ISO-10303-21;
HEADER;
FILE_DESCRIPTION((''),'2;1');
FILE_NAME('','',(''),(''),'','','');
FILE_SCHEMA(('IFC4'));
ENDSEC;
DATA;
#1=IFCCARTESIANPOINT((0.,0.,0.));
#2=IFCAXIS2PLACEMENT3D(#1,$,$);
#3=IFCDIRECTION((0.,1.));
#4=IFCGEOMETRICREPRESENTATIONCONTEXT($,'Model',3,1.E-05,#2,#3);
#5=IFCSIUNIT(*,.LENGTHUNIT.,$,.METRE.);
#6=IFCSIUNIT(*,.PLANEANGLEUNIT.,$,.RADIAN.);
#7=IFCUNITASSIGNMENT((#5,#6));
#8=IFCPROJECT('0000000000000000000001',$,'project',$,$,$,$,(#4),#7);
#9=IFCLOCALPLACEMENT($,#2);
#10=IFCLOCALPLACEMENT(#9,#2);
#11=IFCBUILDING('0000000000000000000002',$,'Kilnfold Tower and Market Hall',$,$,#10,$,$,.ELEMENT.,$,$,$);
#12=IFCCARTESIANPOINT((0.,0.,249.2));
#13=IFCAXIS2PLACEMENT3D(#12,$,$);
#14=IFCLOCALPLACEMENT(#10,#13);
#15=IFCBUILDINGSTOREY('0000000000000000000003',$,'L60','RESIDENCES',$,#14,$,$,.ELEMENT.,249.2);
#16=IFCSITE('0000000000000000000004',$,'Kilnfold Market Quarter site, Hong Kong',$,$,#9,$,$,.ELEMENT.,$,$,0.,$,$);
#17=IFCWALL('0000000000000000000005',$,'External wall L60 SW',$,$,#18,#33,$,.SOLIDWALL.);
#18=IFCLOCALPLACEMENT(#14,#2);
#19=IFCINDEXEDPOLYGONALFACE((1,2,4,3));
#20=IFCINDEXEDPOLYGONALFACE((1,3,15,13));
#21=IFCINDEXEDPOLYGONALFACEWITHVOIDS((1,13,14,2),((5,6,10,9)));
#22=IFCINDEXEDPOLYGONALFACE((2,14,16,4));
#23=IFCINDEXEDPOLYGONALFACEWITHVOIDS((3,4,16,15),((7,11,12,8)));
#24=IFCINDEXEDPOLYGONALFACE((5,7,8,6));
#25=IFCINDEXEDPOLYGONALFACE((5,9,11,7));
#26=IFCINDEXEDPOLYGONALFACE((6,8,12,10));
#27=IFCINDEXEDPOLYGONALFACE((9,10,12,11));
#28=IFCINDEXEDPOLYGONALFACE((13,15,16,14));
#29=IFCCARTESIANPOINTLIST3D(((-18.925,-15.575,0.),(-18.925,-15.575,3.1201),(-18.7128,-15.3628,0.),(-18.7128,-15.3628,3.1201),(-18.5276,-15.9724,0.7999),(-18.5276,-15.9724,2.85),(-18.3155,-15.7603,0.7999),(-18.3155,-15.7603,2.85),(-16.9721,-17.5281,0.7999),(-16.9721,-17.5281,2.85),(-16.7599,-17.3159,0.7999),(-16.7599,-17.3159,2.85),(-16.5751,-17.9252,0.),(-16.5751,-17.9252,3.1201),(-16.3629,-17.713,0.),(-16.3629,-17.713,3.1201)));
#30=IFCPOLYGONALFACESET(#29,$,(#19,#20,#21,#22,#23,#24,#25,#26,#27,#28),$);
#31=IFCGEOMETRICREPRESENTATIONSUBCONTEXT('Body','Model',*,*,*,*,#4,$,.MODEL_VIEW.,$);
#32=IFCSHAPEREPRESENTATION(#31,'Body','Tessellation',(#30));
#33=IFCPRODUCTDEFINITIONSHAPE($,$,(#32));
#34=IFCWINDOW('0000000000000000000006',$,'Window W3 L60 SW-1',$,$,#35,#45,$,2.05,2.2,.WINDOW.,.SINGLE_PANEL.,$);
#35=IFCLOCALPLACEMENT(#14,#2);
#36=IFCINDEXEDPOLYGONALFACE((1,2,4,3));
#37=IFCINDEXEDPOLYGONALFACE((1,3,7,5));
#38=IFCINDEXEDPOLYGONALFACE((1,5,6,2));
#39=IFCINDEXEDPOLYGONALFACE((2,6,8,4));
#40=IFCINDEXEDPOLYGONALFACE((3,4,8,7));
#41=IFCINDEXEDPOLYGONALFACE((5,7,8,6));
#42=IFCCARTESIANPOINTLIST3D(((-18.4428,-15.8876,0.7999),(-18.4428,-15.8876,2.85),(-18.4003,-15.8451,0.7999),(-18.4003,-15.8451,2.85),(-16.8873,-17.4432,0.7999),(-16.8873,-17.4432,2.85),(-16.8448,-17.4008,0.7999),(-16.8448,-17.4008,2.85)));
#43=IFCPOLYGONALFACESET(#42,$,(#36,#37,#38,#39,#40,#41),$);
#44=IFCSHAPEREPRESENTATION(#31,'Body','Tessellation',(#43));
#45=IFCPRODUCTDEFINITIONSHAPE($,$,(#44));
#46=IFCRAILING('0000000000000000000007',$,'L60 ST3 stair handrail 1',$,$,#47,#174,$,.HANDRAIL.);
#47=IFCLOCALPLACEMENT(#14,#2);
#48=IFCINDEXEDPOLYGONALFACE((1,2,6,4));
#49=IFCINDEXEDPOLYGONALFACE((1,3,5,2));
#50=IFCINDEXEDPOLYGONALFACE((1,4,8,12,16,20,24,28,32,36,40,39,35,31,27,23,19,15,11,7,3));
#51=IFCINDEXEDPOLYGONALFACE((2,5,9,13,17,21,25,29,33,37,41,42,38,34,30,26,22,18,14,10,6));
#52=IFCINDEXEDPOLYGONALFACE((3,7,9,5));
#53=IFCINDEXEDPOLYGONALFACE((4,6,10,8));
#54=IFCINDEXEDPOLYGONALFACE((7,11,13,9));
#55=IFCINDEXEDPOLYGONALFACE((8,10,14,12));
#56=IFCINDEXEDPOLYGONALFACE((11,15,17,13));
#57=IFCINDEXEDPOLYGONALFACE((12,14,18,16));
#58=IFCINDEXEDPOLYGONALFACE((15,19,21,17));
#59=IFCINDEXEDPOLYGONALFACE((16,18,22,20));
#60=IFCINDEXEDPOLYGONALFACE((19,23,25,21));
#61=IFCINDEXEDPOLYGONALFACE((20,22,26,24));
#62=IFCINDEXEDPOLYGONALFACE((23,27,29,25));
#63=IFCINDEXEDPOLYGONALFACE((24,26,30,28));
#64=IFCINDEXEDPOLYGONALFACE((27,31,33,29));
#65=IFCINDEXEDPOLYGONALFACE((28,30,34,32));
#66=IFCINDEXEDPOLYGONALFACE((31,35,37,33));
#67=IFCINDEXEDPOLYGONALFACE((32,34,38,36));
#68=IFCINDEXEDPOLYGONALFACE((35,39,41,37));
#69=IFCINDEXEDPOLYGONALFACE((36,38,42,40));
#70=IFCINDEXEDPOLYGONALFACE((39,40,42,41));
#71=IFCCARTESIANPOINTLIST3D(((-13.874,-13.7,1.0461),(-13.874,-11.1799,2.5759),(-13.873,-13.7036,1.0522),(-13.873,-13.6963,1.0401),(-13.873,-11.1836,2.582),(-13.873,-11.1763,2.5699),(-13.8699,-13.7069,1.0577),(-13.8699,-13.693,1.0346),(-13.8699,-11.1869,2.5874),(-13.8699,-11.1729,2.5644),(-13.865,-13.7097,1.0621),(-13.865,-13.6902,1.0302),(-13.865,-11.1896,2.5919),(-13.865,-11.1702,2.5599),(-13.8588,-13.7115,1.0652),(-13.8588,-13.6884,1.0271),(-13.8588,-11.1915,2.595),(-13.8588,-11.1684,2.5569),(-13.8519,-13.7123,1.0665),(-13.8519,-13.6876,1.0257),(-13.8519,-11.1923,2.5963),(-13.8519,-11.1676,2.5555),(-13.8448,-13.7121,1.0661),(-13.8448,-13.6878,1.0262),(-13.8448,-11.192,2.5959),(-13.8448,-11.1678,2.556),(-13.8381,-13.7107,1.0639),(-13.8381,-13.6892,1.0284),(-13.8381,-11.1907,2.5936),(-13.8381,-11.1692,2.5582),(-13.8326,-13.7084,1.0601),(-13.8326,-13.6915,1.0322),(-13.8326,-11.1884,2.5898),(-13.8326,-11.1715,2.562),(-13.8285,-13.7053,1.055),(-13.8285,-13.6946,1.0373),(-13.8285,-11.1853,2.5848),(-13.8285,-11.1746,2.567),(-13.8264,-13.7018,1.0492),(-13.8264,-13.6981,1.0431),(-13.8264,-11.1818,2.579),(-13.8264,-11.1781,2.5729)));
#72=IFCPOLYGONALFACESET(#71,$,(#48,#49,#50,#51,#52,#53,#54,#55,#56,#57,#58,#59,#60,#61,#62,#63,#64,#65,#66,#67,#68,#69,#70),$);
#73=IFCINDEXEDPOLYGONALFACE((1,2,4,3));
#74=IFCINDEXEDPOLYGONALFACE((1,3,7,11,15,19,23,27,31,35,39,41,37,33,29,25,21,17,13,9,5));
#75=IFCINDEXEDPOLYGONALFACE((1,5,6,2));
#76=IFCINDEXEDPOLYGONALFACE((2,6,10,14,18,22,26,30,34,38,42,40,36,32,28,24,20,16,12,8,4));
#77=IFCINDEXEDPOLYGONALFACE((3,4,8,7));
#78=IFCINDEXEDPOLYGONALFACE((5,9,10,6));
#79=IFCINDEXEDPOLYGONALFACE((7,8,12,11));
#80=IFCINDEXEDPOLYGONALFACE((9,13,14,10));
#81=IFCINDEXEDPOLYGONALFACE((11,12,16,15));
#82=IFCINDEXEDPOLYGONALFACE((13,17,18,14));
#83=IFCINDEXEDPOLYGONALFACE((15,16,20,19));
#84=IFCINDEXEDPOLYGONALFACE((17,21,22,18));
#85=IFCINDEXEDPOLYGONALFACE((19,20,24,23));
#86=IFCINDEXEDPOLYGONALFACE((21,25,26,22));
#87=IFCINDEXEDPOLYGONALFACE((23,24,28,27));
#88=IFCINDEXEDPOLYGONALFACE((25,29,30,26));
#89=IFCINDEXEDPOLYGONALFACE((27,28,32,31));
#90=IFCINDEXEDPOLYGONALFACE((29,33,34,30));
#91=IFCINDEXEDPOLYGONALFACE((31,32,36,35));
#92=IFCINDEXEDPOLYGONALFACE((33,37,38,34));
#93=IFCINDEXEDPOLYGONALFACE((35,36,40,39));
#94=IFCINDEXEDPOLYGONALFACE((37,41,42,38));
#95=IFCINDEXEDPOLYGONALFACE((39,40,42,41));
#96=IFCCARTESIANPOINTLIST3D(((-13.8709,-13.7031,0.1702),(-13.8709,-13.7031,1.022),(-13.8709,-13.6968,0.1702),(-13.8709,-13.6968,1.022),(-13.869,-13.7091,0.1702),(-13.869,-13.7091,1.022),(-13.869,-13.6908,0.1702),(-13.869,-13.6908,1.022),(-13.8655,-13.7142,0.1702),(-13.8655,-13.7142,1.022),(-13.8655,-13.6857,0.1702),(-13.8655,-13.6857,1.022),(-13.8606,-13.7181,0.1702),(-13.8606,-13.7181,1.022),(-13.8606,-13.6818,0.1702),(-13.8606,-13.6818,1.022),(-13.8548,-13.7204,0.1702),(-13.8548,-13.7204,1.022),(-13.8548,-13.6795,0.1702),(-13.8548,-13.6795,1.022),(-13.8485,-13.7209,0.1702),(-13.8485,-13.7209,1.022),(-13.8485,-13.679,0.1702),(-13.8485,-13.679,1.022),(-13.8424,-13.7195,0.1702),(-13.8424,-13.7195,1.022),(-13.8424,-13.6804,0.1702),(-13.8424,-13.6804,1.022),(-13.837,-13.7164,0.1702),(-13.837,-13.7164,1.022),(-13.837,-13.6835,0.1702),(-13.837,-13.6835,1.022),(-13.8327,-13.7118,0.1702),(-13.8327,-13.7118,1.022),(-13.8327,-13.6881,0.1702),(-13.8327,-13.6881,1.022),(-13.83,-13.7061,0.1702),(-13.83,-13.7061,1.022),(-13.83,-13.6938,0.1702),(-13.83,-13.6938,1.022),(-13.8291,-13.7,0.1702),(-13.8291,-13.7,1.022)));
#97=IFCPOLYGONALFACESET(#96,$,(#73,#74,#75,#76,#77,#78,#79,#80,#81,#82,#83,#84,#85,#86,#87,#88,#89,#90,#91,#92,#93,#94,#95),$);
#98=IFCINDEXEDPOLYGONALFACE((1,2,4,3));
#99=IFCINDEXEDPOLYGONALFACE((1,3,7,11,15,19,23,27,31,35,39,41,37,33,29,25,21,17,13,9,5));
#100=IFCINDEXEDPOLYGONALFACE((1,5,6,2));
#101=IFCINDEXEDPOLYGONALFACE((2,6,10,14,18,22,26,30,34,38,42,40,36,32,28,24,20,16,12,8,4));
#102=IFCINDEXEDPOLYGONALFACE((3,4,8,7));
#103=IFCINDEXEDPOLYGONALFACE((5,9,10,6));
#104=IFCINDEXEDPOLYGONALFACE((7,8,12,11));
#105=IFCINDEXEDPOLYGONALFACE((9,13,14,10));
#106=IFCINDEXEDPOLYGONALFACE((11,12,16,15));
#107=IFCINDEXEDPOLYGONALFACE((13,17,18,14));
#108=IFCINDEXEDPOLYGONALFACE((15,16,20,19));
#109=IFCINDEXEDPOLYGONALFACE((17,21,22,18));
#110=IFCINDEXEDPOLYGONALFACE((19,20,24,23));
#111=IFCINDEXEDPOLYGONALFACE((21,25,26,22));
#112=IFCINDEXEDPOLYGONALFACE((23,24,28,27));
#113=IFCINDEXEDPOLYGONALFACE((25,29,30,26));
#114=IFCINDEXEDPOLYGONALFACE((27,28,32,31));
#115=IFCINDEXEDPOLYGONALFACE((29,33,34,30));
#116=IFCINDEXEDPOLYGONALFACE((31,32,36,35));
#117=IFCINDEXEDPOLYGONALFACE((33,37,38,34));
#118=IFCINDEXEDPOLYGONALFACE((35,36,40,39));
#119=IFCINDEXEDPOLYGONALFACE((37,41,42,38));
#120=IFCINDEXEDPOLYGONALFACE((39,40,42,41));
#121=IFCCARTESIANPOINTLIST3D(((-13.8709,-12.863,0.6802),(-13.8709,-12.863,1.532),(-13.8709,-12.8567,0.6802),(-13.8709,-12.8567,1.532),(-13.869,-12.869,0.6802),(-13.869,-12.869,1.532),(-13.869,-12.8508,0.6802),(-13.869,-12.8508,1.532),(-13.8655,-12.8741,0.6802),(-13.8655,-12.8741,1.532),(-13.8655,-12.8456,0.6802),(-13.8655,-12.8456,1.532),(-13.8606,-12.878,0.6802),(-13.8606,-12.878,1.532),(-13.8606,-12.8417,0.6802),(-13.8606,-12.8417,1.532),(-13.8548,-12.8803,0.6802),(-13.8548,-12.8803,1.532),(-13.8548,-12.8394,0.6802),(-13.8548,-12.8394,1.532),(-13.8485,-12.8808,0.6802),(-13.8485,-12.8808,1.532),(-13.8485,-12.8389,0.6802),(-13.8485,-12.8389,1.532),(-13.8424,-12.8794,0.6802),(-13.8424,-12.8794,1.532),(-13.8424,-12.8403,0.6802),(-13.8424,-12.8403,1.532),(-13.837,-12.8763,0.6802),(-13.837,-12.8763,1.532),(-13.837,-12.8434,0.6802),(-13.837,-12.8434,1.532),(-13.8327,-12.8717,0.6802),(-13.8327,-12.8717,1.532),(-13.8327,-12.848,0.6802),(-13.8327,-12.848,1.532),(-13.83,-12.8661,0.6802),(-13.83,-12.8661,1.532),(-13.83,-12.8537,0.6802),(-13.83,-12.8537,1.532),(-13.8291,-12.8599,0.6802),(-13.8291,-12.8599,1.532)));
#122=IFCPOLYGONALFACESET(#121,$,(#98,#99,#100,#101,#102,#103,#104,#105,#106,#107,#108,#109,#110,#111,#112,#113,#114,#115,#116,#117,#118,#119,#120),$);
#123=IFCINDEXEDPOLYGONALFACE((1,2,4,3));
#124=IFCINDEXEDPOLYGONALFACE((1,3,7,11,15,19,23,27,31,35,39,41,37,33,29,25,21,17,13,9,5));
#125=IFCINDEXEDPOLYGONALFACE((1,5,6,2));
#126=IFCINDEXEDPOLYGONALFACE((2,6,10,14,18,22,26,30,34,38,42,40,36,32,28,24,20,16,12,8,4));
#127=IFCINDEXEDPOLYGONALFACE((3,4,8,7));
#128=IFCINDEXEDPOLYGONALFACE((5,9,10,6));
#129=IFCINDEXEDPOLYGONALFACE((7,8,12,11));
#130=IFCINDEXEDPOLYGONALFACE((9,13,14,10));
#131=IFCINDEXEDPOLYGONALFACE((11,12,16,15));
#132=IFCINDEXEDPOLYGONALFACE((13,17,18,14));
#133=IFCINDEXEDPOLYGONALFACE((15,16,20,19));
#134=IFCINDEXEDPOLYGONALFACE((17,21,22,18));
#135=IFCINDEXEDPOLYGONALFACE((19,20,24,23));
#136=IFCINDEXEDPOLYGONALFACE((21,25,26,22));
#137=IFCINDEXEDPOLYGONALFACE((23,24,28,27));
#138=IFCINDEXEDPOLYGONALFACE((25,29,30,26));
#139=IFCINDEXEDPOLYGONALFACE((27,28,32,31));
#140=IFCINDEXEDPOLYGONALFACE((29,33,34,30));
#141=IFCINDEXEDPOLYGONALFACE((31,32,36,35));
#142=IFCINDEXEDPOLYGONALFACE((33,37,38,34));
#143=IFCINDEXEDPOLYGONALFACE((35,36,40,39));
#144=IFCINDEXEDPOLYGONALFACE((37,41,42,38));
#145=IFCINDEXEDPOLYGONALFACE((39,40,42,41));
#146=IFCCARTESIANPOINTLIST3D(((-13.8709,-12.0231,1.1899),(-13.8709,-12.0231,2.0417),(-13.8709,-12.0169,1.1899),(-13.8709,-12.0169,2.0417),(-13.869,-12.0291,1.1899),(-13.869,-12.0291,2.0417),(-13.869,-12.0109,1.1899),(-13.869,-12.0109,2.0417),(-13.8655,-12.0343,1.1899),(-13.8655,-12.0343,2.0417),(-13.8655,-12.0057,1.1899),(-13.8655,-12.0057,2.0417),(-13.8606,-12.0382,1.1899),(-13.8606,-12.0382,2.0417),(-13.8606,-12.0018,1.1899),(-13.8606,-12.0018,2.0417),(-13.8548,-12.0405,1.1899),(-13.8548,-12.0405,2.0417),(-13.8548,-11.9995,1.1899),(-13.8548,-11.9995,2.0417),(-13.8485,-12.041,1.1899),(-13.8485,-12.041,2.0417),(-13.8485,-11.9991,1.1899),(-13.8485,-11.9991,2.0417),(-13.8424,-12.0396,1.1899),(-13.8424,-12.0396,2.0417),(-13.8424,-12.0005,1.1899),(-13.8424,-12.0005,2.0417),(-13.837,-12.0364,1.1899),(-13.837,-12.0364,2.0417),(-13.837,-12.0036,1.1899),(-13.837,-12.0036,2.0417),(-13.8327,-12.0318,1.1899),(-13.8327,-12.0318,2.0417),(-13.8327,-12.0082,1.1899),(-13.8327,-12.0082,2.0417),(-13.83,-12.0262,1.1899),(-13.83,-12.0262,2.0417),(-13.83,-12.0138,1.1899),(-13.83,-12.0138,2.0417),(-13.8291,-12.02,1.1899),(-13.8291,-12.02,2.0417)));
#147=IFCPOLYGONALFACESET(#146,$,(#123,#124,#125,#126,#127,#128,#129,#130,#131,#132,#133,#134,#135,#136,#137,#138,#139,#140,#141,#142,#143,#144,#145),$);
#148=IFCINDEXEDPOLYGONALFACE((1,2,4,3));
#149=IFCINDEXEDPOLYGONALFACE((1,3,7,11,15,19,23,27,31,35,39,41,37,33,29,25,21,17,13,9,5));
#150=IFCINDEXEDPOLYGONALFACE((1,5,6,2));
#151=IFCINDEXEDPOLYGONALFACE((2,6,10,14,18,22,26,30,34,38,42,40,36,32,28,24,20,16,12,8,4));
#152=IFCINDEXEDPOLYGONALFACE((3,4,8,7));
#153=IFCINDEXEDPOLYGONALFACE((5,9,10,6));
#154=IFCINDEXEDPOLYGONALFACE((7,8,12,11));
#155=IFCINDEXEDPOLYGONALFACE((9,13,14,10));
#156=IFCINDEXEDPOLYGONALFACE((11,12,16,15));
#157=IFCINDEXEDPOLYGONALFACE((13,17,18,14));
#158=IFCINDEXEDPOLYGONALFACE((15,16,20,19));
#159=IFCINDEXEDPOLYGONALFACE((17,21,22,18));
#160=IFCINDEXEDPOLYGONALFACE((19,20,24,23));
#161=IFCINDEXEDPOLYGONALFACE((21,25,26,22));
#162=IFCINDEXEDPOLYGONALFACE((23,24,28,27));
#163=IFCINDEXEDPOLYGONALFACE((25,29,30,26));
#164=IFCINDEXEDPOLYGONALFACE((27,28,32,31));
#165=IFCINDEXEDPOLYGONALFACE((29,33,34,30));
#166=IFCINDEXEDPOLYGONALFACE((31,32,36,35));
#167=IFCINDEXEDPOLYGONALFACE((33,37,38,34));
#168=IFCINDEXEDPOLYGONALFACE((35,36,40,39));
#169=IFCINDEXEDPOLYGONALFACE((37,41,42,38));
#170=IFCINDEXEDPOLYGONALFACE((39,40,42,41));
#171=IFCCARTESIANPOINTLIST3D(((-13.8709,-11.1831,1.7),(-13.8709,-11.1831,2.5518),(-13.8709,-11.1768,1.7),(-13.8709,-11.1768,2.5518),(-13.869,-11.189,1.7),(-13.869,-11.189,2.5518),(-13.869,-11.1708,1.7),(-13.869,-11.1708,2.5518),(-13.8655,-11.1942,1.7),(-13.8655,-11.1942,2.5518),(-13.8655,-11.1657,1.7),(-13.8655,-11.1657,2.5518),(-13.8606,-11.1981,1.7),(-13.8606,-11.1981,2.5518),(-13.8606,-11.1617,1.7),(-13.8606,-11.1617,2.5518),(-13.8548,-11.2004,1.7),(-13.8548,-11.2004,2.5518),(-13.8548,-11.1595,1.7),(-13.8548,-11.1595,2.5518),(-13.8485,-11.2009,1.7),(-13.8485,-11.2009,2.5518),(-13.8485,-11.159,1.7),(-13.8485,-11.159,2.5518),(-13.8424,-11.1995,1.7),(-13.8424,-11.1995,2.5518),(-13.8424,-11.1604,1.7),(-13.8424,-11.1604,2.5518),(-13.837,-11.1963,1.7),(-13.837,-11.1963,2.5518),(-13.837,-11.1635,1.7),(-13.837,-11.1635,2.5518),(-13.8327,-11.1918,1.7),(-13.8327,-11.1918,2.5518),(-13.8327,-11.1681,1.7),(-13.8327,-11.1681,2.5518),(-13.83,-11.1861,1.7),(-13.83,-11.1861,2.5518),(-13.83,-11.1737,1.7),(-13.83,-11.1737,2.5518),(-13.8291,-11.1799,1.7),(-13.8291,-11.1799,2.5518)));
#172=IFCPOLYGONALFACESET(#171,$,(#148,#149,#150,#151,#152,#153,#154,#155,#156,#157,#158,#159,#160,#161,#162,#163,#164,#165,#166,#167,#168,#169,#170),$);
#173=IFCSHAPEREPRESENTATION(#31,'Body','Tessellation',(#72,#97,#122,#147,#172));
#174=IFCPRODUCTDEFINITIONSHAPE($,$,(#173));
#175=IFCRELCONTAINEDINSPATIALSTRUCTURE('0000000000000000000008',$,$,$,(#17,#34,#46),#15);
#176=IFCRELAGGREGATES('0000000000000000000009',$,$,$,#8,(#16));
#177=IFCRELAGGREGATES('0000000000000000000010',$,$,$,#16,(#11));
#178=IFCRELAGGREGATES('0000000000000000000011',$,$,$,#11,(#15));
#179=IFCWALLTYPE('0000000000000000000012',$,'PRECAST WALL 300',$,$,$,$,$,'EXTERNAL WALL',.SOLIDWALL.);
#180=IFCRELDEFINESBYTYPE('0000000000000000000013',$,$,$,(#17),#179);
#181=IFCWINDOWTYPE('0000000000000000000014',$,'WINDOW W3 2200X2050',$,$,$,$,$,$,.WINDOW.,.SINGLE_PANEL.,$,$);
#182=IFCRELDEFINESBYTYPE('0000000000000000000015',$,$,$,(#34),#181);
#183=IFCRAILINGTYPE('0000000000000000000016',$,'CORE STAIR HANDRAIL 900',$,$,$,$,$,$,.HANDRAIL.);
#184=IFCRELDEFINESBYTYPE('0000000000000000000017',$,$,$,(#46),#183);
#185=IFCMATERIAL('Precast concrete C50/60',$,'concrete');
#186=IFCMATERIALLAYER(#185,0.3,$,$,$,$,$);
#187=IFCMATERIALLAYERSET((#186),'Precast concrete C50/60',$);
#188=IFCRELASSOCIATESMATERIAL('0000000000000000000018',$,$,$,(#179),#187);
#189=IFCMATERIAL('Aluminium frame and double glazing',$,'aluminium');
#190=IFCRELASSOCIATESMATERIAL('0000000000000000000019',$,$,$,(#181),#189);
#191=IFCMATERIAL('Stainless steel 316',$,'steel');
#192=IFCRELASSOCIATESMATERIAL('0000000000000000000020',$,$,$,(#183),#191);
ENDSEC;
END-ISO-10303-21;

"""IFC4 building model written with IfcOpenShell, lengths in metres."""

from ifc_helpers import new_model, si_unit, direction, frame, frame_2d, origin, origin_2d, place, context, subcontext, project, spatial, rectangle, circle, extrude, source, transform, mapped, material, layer, layer_set, type_object, element, fill, save


model = new_model("IFC4")

# Units and contexts
model_context = context("Model", 3, precision=1e-05, world=origin(), true_north=direction((0.0, 1.0)))
body_context = subcontext(model_context, "Body", "Model", "MODEL_VIEW")
ifc_project = project(units=[si_unit("LENGTHUNIT", "METRE"), si_unit("PLANEANGLEUNIT", "RADIAN")], contexts=[model_context])

# Site, building, storey
site_placement = place(None, origin())
site = spatial("IfcSite", under=ifc_project, at=site_placement, Name="Kilnfold Market Quarter site, Hong Kong", CompositionType="ELEMENT", RefElevation=0.0)
building_placement = place(site_placement, origin())
building = spatial("IfcBuilding", under=site, at=building_placement, Name="Kilnfold Tower and Market Hall", CompositionType="ELEMENT")
storey_placement = place(building_placement, frame((0.0, 0.0, 249.2)))
storey = spatial("IfcBuildingStorey", under=building, at=storey_placement, Name="L60", Description="RESIDENCES", CompositionType="ELEMENT", Elevation=249.2)

# Shared definitions
ifc_material_1 = material(Name="Precast concrete C50/60", Category="concrete")
ifc_layer_1 = layer(ifc_material_1, 0.3)
ifc_layer_set_1 = layer_set([ifc_layer_1], Name="Precast concrete C50/60")
wall_type_1 = type_object("IfcWallType", Name="PRECAST WALL 300", ElementType="EXTERNAL WALL", PredefinedType="SOLIDWALL", material=ifc_layer_set_1)

# Wall, opening, window
shared_shape_1 = source(origin(), body_context, "Body", "SweptSolid", [
    extrude(rectangle(XDim=3.3235, YDim=0.3, at=frame_2d((1.6616, 0.0))), origin(), (0.0, 0.0, 1.0), 3.1201),
])
wall_1_placement = place(storey_placement, frame((-18.8188, -15.469, 0.0), z_axis=(0.0, 0.0, 1.0), x_axis=(0.70707, -0.707144, 0.0)))
wall_1 = element("IfcWall", 1, at=wall_1_placement, inside=storey, type_object=wall_type_1, Name="External wall L60 SW", PredefinedType="SOLIDWALL", context=body_context, shape_type="MappedRepresentation", body=[
    mapped(shared_shape_1, transform((0.0, 0.0, 0.0))),
])
opening_1_placement = place(wall_1_placement, frame((0.5618, 0.0, 0.8)))
opening_1 = element("IfcOpeningElement", 2, at=opening_1_placement, cuts=wall_1, PredefinedType="OPENING", context=body_context, shape_type="SweptSolid", body=[
    extrude(rectangle(XDim=2.2, YDim=2.05, at=frame_2d((1.1001, 1.0249))), frame((0.0, 0.1602, 0.0), z_axis=(0.0, -1.0, 0.0), x_axis=(1.0, 0.0, 0.0)), (0.0, 0.0, 1.0), 0.3201),
])
ifc_material_2 = material(Name="Aluminium frame and double glazing", Category="aluminium")
window_type_1 = type_object("IfcWindowType", Name="WINDOW W3 2200X2050", PartitioningType="SINGLE_PANEL", PredefinedType="WINDOW", material=ifc_material_2)
window_1_placement = place(opening_1_placement, origin())
window_1 = element("IfcWindow", 3, at=window_1_placement, inside=storey, type_object=window_type_1, Name="Window W3 L60 SW-1", OverallHeight=2.05, OverallWidth=2.2, PartitioningType="SINGLE_PANEL", PredefinedType="WINDOW", context=body_context, shape_type="SweptSolid", body=[
    extrude(rectangle(XDim=2.2, YDim=2.05, at=frame_2d((1.1001, 1.0249))), frame((0.0, 0.03, 0.0), z_axis=(0.0, -1.0, 0.0), x_axis=(1.0, 0.0, 0.0)), (0.0, 0.0, 1.0), 0.0601),
])
fill(opening_1, window_1)

# Railing
ifc_material_3 = material(Name="Stainless steel 316", Category="steel")
railing_type_1 = type_object("IfcRailingType", Name="CORE STAIR HANDRAIL 900", PredefinedType="HANDRAIL", material=ifc_material_3)
railing_1_placement = place(storey_placement, frame((-13.8501, -13.7, 0.1702)))
element("IfcRailing", 4, at=railing_1_placement, inside=storey, type_object=railing_type_1, Name="L60 ST3 stair handrail 1", PredefinedType="HANDRAIL", context=body_context, shape_type="SweptSolid", body=[
    extrude(circle(Radius=0.0239, at=origin_2d()), frame((0.0, 0.0, 0.876), z_axis=(0.0, 0.854822, 0.518922), x_axis=(-1.0, 0.0, 0.0)), (0.0, 0.0, 1.0), 2.948),
    extrude(circle(Radius=0.021, at=origin_2d()), origin(), (0.0, 0.0, 1.0), 0.8518),
    extrude(circle(Radius=0.021, at=origin_2d()), frame((0.0, 0.8401, 0.51)), (0.0, 0.0, 1.0), 0.8518),
    extrude(circle(Radius=0.021, at=origin_2d()), frame((0.0, 1.6799, 1.0198)), (0.0, 0.0, 1.0), 0.8518),
    extrude(circle(Radius=0.021, at=origin_2d()), frame((0.0, 2.52, 1.5298)), (0.0, 0.0, 1.0), 0.8518),
])

save(model, "model.ifc")
